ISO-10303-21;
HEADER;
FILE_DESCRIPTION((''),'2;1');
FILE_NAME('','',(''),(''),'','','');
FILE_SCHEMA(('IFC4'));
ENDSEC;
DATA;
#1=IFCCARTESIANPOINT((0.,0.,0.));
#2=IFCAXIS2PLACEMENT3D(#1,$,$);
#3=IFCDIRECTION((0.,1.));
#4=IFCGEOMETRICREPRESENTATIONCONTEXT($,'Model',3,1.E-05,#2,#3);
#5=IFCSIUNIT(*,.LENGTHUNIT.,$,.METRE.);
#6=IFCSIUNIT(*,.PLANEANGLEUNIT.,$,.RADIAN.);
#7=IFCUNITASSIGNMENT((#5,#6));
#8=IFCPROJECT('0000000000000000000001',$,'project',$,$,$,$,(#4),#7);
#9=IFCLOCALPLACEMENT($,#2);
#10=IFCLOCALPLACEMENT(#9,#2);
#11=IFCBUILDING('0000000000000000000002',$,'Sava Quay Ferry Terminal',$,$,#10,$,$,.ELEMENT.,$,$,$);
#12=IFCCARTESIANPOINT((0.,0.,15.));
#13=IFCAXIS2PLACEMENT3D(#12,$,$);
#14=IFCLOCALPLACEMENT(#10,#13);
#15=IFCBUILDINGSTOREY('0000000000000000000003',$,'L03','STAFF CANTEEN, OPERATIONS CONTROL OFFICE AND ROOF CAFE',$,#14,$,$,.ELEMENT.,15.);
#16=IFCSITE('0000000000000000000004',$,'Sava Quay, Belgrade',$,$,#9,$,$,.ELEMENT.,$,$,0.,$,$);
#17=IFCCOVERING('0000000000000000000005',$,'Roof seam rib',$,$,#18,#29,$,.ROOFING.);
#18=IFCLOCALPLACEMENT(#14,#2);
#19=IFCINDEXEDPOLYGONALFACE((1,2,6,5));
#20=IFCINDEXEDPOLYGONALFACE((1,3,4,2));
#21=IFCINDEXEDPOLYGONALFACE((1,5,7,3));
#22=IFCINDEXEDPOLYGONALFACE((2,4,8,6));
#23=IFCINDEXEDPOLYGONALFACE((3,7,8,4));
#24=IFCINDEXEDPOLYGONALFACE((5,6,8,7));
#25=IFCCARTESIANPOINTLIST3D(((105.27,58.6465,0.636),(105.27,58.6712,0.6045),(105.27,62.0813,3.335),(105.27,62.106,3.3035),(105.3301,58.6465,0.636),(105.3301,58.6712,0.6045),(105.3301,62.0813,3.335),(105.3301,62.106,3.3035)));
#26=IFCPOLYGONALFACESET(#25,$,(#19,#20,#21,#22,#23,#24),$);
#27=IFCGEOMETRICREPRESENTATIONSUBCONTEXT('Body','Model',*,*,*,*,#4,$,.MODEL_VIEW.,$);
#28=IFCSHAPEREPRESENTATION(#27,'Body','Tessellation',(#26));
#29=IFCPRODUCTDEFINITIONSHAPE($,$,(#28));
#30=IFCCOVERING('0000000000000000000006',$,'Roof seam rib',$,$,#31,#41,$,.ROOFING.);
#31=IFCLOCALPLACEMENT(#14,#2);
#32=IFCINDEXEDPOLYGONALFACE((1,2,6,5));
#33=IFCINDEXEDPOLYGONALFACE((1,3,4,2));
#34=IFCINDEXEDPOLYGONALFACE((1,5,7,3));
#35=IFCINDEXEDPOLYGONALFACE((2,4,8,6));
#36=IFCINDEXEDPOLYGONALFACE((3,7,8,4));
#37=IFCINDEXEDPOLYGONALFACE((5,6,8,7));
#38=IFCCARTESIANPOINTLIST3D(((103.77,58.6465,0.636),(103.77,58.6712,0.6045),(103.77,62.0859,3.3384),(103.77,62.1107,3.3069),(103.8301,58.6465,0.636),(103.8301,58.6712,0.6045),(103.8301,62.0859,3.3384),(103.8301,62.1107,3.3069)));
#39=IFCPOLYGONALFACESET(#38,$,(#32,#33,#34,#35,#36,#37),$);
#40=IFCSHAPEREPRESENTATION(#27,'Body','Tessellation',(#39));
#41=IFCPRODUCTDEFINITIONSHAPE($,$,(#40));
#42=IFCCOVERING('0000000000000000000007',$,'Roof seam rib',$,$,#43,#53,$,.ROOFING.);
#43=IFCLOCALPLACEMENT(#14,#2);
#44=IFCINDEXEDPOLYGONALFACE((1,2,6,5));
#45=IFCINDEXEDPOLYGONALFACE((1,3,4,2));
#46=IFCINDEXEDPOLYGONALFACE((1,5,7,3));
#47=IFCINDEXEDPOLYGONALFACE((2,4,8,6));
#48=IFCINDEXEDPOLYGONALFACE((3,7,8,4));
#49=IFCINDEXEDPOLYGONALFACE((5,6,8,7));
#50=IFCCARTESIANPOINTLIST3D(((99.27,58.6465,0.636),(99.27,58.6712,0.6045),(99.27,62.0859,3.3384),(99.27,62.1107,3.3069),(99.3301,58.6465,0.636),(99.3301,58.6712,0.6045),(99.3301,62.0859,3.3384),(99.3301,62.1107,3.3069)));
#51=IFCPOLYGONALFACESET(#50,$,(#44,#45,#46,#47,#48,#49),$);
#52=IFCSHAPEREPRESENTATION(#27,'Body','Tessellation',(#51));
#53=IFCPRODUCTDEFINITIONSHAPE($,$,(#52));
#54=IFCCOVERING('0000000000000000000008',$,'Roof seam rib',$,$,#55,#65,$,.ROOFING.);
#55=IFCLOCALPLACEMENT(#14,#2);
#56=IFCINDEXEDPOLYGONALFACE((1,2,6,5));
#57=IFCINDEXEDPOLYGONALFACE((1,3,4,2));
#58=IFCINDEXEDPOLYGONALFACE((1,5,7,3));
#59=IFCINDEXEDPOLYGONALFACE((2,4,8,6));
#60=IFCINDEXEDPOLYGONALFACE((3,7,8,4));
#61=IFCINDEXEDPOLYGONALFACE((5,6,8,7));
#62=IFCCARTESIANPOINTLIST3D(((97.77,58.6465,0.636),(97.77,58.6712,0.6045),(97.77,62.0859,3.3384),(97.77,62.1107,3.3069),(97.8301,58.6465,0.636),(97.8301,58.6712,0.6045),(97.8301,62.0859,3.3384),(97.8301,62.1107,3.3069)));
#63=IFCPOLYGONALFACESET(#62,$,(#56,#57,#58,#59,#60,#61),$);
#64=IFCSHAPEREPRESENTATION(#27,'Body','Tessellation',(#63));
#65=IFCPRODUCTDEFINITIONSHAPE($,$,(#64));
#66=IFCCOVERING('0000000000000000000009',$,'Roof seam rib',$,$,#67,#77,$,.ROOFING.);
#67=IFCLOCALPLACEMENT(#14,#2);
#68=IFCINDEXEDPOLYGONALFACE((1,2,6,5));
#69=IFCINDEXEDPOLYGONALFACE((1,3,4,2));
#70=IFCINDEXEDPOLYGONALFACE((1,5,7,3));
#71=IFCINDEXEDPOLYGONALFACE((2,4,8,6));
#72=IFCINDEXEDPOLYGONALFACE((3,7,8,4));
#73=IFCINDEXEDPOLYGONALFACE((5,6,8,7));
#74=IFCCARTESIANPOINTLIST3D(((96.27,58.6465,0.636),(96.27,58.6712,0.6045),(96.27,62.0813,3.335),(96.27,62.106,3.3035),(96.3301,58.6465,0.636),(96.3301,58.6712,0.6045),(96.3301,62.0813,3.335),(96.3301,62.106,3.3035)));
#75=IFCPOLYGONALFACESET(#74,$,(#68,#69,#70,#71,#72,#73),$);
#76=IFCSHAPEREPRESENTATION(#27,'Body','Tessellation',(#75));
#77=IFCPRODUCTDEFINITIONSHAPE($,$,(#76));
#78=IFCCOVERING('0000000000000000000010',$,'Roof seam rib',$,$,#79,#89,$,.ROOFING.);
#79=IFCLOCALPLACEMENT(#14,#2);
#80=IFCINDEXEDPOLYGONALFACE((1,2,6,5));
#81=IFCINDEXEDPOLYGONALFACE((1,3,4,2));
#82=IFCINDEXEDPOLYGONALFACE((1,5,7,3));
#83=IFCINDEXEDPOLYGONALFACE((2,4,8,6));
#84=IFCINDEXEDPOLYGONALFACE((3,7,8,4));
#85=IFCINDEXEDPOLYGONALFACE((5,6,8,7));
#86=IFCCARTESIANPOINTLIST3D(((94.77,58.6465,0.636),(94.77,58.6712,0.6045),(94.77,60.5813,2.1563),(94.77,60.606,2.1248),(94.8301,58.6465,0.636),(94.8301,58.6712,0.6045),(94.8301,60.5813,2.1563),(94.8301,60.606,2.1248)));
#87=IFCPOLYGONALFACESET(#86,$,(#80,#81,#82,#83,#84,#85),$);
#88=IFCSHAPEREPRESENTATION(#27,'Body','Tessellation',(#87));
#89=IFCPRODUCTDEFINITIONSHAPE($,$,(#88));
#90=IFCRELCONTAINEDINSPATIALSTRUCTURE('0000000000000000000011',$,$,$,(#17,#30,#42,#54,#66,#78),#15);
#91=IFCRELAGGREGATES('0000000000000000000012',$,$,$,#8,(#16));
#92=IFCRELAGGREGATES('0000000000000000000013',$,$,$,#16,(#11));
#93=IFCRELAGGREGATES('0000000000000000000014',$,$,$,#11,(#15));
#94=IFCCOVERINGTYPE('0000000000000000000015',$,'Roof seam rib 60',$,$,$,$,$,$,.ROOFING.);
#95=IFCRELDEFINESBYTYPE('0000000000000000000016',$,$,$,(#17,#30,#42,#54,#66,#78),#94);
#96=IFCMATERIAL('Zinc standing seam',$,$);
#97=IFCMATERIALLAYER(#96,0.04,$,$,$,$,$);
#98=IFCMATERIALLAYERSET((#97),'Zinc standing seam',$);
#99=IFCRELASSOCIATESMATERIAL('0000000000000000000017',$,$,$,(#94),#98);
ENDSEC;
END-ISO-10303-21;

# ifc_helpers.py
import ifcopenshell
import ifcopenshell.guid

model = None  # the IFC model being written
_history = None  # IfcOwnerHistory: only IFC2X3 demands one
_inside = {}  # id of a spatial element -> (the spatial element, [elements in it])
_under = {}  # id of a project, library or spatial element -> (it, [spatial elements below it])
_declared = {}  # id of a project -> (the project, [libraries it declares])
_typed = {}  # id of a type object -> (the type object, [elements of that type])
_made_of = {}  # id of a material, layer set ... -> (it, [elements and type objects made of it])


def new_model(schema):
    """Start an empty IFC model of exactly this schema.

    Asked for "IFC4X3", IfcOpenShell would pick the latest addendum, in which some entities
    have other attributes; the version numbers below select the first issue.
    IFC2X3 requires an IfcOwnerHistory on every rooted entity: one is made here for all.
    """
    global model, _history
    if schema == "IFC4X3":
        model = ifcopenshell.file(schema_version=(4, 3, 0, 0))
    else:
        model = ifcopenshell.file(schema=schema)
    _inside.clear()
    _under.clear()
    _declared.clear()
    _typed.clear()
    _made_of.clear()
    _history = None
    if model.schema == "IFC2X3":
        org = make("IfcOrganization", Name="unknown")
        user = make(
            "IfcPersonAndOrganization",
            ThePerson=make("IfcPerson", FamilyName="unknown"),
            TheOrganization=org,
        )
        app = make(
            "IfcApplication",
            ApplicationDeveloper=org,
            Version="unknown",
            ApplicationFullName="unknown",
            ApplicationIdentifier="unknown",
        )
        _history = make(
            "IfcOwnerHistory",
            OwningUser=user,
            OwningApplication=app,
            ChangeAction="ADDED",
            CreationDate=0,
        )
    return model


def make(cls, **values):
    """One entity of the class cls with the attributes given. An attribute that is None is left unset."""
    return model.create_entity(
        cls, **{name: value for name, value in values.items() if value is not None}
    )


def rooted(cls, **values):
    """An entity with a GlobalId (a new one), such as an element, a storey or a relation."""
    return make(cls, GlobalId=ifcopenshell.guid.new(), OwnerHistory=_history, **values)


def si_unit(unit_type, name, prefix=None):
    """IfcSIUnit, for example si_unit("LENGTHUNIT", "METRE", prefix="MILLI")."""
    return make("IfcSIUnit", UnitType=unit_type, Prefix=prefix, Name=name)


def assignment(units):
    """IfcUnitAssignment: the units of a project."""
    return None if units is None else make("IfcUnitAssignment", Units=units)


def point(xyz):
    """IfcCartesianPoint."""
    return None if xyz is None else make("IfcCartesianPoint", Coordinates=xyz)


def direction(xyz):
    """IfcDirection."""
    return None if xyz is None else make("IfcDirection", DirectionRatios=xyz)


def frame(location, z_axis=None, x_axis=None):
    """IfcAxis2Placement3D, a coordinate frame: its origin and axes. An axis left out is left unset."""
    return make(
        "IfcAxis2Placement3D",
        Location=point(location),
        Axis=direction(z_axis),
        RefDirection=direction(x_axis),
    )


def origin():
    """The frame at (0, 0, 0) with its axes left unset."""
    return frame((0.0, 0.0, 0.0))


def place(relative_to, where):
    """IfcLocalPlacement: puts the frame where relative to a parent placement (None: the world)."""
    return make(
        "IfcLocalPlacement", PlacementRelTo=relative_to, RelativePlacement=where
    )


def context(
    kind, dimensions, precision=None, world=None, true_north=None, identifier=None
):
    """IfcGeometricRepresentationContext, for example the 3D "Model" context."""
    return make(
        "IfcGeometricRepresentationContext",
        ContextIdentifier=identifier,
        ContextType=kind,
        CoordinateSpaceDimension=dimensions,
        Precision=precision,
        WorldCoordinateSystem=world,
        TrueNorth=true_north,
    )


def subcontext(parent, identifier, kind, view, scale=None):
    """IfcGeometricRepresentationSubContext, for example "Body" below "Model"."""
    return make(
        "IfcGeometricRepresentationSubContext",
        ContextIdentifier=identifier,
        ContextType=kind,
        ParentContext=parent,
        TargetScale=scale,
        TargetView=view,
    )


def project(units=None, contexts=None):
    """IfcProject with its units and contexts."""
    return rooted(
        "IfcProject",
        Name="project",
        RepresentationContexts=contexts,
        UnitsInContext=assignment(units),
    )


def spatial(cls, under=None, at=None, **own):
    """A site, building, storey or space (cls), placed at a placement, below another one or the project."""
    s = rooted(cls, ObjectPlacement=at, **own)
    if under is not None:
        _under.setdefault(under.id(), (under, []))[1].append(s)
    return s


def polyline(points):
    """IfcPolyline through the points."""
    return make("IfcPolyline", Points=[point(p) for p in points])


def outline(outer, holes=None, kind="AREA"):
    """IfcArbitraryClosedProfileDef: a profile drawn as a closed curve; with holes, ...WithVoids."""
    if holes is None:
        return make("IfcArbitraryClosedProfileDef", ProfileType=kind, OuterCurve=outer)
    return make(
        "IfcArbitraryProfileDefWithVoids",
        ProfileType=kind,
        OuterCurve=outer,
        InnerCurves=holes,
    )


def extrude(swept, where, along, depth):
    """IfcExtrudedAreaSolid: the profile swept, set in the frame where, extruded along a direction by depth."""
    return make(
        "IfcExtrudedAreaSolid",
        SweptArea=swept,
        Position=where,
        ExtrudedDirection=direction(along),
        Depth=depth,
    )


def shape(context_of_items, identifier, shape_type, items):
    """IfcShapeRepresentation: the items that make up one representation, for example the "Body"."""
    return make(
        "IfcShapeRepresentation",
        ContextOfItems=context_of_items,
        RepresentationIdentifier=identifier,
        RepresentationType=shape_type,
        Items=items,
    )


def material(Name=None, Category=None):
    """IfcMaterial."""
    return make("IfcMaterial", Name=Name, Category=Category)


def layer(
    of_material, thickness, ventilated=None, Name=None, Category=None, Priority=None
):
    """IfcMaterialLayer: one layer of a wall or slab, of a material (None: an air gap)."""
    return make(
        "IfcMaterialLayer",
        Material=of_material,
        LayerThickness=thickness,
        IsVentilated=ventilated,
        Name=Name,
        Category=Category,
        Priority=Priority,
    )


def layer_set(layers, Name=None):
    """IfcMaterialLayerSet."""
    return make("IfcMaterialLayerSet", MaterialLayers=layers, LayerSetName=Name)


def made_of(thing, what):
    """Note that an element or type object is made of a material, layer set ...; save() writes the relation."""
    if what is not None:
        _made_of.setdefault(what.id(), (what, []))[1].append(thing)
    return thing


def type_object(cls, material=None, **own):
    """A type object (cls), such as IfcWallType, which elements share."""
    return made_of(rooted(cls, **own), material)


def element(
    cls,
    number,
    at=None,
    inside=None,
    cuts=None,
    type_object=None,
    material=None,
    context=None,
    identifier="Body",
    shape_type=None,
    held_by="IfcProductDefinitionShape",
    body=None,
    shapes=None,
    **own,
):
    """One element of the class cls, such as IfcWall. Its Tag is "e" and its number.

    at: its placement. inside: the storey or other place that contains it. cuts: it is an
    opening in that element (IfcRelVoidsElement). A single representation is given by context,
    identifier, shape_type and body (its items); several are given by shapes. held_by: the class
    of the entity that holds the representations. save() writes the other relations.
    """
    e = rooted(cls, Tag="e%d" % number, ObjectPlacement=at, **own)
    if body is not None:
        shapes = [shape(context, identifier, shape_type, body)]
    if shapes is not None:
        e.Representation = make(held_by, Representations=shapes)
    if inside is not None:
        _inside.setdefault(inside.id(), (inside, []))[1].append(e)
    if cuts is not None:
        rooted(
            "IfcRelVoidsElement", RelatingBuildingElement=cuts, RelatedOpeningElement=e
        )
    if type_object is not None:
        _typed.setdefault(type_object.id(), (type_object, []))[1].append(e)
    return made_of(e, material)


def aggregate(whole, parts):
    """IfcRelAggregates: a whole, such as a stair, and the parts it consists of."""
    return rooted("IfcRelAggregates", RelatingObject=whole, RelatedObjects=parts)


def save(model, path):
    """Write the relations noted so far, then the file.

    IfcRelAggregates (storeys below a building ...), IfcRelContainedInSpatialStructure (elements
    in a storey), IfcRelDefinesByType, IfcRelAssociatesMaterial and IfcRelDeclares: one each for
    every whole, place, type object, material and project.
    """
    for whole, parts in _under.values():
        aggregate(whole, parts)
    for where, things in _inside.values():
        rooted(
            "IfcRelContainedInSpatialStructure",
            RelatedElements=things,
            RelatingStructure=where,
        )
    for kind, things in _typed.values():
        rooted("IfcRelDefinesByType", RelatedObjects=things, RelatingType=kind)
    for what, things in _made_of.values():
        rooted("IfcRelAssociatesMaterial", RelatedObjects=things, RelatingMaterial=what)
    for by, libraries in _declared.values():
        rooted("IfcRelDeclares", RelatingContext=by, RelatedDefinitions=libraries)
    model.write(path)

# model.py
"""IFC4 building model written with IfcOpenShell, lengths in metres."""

from ifc_helpers import new_model, si_unit, direction, frame, origin, place, context, subcontext, project, spatial, polyline, outline, extrude, material, layer, layer_set, type_object, element, save


model = new_model("IFC4")

# Units and contexts
model_context = context("Model", 3, precision=1e-05, world=origin(), true_north=direction((0.0, 1.0)))
body_context = subcontext(model_context, "Body", "Model", "MODEL_VIEW")
ifc_project = project(units=[si_unit("LENGTHUNIT", "METRE"), si_unit("PLANEANGLEUNIT", "RADIAN")], contexts=[model_context])

# Site, building, storey
site_placement = place(None, origin())
site = spatial("IfcSite", under=ifc_project, at=site_placement, Name="Sava Quay, Belgrade", CompositionType="ELEMENT", RefElevation=0.0)
building_placement = place(site_placement, origin())
building = spatial("IfcBuilding", under=site, at=building_placement, Name="Sava Quay Ferry Terminal", CompositionType="ELEMENT")
storey_placement = place(building_placement, frame((0.0, 0.0, 15.0)))
storey = spatial("IfcBuildingStorey", under=building, at=storey_placement, Name="L03", Description="STAFF CANTEEN, OPERATIONS CONTROL OFFICE AND ROOF CAFE", CompositionType="ELEMENT", Elevation=15.0)

# Coverings
ifc_material_1 = material(Name="Zinc standing seam")
ifc_layer_1 = layer(ifc_material_1, 0.04)
ifc_layer_set_1 = layer_set([ifc_layer_1], Name="Zinc standing seam")
covering_type = type_object("IfcCoveringType", Name="Roof seam rib 60", PredefinedType="ROOFING", material=ifc_layer_set_1)
covering_1_placement = place(storey_placement, frame((105.27, 58.6465, 0.636), z_axis=(0.0, -0.617849, 0.786297), x_axis=(0.0, 0.786297, 0.617849)))
element("IfcCovering", 1, at=covering_1_placement, inside=storey, type_object=covering_type, Name="Roof seam rib", PredefinedType="ROOFING", context=body_context, shape_type="SweptSolid", body=[
    extrude(outline(polyline([(0.0, 0.0), (4.3683, 0.0), (4.3683, -0.0601), (0.0, -0.0601), (0.0, 0.0)])), origin(), (0.0, 0.0, -1.0), 0.04),
])
for number, where, z_axis, x_axis, name in (
    (2, (103.77, 58.6465, 0.636), (0.0, -0.617817, 0.786322), (0.0, 0.786322, 0.617817), "Roof seam rib"),
    (3, (99.27, 58.6465, 0.636), (0.0, -0.617817, 0.786322), (0.0, 0.786322, 0.617817), "Roof seam rib"),
    (4, (97.77, 58.6465, 0.636), (0.0, -0.617817, 0.786322), (0.0, 0.786322, 0.617817), "Roof seam rib"),
):
    element("IfcCovering", number, at=place(storey_placement, frame(where, z_axis=z_axis, x_axis=x_axis)), inside=storey, type_object=covering_type, Name=name, PredefinedType="ROOFING", context=body_context, shape_type="SweptSolid", body=[
        extrude(outline(polyline([(0.0, 0.0), (4.3741, 0.0), (4.3741, -0.0601), (0.0, -0.0601), (0.0, 0.0)])), origin(), (0.0, 0.0, -1.0), 0.04),
    ])
covering_2_placement = place(storey_placement, frame((96.27, 58.6465, 0.636), z_axis=(0.0, -0.617849, 0.786297), x_axis=(0.0, 0.786297, 0.617849)))
element("IfcCovering", 5, at=covering_2_placement, inside=storey, type_object=covering_type, Name="Roof seam rib", PredefinedType="ROOFING", context=body_context, shape_type="SweptSolid", body=[
    extrude(outline(polyline([(0.0, 0.0), (4.3683, 0.0), (4.3683, -0.0601), (0.0, -0.0601), (0.0, 0.0)])), origin(), (0.0, 0.0, -1.0), 0.04),
])
covering_3_placement = place(storey_placement, frame((94.77, 58.6465, 0.636), z_axis=(0.0, -0.617835, 0.786308), x_axis=(0.0, 0.786308, 0.617835)))
element("IfcCovering", 6, at=covering_3_placement, inside=storey, type_object=covering_type, Name="Roof seam rib", PredefinedType="ROOFING", context=body_context, shape_type="SweptSolid", body=[
    extrude(outline(polyline([(0.0, 0.0), (2.4606, 0.0), (2.4606, -0.0601), (0.0, -0.0601), (0.0, 0.0)])), origin(), (0.0, 0.0, -1.0), 0.04),
])

save(model, "model.ifc")
